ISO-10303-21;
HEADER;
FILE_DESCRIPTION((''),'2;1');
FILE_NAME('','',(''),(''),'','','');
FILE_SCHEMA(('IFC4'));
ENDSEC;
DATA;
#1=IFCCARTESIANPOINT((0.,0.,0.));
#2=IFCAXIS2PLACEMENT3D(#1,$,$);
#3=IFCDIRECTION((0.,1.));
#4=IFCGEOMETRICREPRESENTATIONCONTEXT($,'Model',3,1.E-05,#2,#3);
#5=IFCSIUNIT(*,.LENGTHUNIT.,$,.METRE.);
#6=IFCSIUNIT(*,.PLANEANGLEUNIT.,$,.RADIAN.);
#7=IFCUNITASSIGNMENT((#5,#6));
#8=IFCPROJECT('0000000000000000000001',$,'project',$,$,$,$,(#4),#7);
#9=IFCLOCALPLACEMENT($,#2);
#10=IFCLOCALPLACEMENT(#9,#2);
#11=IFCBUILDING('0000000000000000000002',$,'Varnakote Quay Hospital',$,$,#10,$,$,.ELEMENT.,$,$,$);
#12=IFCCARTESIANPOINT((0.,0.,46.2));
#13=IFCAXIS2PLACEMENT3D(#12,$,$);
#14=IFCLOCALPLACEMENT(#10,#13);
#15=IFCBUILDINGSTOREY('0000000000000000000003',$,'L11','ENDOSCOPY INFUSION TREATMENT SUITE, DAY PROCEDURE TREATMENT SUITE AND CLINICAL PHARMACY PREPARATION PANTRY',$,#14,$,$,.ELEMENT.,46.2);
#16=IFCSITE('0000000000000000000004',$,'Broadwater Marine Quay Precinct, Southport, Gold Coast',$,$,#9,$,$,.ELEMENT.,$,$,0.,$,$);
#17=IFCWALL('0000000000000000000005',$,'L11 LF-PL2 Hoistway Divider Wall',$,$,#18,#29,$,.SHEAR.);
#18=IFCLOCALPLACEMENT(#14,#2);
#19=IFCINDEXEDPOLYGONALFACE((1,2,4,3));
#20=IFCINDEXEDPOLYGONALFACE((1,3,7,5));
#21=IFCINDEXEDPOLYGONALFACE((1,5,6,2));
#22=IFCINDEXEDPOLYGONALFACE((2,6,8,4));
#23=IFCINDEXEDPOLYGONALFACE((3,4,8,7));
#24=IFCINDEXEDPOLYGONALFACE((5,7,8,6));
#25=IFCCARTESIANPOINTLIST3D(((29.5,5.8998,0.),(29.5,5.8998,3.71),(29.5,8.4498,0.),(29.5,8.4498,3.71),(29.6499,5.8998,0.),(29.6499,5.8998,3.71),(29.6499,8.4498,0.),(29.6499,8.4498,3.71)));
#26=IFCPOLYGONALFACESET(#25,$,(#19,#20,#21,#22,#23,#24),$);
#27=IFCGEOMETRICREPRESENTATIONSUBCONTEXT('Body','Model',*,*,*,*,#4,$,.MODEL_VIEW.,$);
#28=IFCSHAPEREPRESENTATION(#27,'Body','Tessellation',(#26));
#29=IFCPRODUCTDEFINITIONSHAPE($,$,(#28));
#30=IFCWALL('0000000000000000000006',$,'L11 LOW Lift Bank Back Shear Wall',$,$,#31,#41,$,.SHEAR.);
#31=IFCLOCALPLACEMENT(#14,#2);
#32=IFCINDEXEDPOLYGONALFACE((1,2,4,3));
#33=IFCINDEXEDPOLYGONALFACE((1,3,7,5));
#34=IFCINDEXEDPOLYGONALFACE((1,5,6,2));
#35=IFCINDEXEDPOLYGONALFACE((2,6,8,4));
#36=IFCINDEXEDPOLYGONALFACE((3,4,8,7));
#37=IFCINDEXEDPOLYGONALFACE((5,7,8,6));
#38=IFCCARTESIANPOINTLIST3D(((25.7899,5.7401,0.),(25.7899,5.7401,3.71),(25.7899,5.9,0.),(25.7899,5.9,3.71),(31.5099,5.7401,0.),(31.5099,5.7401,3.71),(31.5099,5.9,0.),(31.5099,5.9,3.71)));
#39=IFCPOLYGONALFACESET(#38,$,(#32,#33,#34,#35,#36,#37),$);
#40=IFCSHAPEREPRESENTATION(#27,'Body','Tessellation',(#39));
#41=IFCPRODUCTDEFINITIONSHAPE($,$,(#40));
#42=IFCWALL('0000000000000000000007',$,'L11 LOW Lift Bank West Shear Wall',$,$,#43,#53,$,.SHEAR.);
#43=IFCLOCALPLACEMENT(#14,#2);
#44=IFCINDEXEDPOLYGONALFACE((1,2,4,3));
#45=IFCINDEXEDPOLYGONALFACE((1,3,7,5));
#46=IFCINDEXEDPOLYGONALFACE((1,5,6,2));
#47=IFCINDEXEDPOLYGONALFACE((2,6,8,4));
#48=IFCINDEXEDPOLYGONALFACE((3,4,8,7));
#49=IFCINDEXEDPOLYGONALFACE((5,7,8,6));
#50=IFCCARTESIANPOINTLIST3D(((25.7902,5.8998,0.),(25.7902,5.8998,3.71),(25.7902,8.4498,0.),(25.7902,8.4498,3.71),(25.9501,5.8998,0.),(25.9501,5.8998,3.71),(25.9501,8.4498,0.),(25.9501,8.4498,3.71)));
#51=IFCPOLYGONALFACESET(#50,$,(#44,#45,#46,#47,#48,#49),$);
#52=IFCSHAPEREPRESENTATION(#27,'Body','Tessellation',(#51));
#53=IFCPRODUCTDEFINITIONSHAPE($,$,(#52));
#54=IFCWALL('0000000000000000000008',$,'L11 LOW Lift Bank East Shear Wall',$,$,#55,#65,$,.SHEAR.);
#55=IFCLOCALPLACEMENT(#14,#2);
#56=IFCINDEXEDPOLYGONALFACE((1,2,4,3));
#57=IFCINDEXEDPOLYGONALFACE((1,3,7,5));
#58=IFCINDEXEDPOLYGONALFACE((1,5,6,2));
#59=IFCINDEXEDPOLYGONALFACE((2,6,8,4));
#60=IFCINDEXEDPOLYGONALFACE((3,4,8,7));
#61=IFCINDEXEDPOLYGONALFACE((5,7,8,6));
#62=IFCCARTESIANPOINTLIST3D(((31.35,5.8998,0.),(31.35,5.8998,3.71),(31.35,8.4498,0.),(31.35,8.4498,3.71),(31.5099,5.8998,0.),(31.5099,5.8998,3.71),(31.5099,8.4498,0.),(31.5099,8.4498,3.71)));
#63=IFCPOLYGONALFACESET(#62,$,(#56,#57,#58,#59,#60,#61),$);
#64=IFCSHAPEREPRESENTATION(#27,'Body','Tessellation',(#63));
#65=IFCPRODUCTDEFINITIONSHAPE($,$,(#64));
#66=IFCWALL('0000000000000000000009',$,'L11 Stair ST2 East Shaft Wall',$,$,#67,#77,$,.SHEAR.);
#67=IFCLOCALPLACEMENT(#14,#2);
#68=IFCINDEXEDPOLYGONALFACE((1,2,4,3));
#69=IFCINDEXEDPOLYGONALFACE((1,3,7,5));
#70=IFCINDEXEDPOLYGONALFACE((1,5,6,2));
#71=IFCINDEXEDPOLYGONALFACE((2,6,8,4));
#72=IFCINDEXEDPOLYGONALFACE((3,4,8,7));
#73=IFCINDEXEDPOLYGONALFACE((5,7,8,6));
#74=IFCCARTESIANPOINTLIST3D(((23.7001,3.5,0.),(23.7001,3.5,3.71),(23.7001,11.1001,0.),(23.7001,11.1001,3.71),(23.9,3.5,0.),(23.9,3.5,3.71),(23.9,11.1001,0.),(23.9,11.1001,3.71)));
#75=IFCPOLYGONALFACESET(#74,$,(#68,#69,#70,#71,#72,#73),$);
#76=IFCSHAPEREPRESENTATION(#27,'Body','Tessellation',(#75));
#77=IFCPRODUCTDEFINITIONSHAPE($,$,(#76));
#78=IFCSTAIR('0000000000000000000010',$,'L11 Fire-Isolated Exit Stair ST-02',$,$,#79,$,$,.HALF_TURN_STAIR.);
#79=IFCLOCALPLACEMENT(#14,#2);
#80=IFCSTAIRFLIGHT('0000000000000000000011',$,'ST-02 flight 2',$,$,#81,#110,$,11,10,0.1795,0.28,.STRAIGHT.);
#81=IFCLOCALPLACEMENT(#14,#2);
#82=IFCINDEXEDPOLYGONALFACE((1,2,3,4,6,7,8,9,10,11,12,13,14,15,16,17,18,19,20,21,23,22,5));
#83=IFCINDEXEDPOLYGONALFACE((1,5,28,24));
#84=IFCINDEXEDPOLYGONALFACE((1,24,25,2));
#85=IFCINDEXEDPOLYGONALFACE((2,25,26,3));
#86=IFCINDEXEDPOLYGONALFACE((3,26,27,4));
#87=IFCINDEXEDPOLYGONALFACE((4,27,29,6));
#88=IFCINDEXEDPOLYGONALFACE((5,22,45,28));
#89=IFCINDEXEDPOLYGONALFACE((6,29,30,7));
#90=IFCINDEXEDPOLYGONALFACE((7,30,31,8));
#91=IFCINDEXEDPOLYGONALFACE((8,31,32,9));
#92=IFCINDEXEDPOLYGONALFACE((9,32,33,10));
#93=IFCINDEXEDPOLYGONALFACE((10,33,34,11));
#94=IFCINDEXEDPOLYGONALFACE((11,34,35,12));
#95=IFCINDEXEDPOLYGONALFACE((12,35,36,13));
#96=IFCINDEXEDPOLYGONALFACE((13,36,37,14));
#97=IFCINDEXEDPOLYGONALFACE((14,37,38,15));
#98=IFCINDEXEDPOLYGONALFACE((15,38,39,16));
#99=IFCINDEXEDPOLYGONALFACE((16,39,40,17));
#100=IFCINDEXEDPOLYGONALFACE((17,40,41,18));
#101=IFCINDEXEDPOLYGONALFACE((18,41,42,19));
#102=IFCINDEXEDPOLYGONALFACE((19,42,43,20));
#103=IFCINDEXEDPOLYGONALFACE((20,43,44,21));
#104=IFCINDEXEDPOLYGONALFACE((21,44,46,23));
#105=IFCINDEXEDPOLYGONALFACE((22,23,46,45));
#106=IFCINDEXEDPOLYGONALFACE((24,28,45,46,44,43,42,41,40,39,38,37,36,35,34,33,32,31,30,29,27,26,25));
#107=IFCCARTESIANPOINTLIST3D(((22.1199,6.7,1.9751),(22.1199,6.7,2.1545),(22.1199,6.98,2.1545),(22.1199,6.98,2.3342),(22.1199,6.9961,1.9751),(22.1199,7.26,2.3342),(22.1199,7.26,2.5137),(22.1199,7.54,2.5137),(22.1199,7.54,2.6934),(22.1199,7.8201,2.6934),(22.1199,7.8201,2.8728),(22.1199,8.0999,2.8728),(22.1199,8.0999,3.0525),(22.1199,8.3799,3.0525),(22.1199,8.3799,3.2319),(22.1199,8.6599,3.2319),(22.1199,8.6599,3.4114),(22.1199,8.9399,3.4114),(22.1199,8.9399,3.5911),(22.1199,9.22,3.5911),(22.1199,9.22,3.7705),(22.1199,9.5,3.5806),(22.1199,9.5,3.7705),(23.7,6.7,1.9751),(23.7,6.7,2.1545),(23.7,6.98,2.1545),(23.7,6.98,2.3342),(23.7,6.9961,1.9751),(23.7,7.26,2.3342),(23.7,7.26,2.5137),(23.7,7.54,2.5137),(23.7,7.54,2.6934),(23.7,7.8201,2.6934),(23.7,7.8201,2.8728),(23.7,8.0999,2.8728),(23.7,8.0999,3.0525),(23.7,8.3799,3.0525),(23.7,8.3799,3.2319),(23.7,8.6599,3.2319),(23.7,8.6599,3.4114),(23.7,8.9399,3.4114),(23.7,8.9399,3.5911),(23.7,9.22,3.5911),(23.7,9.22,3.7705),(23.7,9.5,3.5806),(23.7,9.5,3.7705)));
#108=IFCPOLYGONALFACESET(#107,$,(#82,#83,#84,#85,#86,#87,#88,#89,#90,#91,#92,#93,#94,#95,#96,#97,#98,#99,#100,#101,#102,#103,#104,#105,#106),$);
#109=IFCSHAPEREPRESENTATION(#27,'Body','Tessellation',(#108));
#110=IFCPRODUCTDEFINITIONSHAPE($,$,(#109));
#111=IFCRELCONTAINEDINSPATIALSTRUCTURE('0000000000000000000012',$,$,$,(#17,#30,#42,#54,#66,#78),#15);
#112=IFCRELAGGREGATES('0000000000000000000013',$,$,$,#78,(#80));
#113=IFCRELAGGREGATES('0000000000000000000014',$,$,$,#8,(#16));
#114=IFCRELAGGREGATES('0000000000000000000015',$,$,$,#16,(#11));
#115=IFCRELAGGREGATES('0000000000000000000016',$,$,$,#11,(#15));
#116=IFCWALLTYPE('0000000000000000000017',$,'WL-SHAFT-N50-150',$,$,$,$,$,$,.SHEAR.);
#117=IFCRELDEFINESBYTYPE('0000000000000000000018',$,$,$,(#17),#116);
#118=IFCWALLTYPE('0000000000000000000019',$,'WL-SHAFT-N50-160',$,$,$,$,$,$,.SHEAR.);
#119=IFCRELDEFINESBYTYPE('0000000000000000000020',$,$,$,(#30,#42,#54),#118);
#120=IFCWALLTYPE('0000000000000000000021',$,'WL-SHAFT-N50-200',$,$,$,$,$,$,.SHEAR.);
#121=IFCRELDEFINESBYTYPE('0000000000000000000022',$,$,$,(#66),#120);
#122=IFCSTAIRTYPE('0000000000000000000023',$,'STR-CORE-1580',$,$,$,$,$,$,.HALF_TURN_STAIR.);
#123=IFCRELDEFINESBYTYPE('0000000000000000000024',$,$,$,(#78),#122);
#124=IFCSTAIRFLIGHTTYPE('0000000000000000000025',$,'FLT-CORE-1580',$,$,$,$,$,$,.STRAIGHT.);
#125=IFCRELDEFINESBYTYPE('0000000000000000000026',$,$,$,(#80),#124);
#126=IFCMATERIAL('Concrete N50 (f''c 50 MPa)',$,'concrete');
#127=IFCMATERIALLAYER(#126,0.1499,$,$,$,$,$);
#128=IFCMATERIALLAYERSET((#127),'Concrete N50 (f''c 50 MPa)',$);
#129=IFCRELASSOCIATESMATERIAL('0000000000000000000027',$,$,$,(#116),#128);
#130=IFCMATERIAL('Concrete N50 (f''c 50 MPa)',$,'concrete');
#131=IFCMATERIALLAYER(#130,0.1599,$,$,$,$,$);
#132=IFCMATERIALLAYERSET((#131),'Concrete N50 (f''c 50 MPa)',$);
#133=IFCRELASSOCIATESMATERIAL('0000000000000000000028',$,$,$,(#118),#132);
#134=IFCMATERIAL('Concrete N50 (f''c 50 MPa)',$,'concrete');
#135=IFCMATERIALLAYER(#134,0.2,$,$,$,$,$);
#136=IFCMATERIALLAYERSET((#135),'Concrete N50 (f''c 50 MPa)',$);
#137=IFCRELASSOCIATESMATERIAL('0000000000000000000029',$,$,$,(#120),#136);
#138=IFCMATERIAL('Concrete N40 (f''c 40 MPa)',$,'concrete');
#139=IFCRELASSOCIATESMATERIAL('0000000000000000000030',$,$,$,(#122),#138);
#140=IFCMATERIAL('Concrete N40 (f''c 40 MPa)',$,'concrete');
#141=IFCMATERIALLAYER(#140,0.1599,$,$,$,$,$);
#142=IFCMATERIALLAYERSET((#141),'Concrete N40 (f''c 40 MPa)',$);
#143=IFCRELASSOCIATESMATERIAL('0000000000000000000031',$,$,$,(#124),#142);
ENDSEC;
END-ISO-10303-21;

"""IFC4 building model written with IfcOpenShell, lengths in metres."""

from ifc_helpers import new_model, si_unit, direction, frame, frame_2d, origin, place, context, subcontext, project, spatial, polyline, rectangle, outline, extrude, material, layer, layer_set, type_object, element, aggregate, save


model = new_model("IFC4")

# Units and contexts
model_context = context("Model", 3, precision=1e-05, world=origin(), true_north=direction((0.0, 1.0)))
body_context = subcontext(model_context, "Body", "Model", "MODEL_VIEW")
ifc_project = project(units=[si_unit("LENGTHUNIT", "METRE"), si_unit("PLANEANGLEUNIT", "RADIAN")], contexts=[model_context])

# Site, building, storey
site_placement = place(None, origin())
site = spatial("IfcSite", under=ifc_project, at=site_placement, Name="Broadwater Marine Quay Precinct, Southport, Gold Coast", CompositionType="ELEMENT", RefElevation=0.0)
building_placement = place(site_placement, origin())
building = spatial("IfcBuilding", under=site, at=building_placement, Name="Varnakote Quay Hospital", CompositionType="ELEMENT")
storey_placement = place(building_placement, frame((0.0, 0.0, 46.2)))
storey = spatial("IfcBuildingStorey", under=building, at=storey_placement, Name="L11", Description="ENDOSCOPY INFUSION TREATMENT SUITE, DAY PROCEDURE TREATMENT SUITE AND CLINICAL PHARMACY PREPARATION PANTRY", CompositionType="ELEMENT", Elevation=46.2)

# Walls
ifc_material_1 = material(Name="Concrete N50 (f'c 50 MPa)", Category="concrete")
ifc_layer_1 = layer(ifc_material_1, 0.1499)
ifc_layer_set_1 = layer_set([ifc_layer_1], Name="Concrete N50 (f'c 50 MPa)")
wall_type_1 = type_object("IfcWallType", Name="WL-SHAFT-N50-150", PredefinedType="SHEAR", material=ifc_layer_set_1)
for number, where, z_axis, x_axis, name in (
    (1, (29.575, 5.8999, 0.0), (0.0, 0.0, 1.0), (0.0, 1.0, 0.0), "L11 LF-PL2 Hoistway Divider Wall"),
):
    element("IfcWall", number, at=place(storey_placement, frame(where, z_axis=z_axis, x_axis=x_axis)), inside=storey, type_object=wall_type_1, Name=name, PredefinedType="SHEAR", context=body_context, shape_type="SweptSolid", body=[
        extrude(rectangle(XDim=2.55, YDim=0.1499, at=frame_2d((1.2749, 0.0))), origin(), (0.0, 0.0, 1.0), 3.71),
    ])
ifc_material_2 = material(Name="Concrete N50 (f'c 50 MPa)", Category="concrete")
ifc_layer_2 = layer(ifc_material_2, 0.1599)
ifc_layer_set_2 = layer_set([ifc_layer_2], Name="Concrete N50 (f'c 50 MPa)")
wall_type_2 = type_object("IfcWallType", Name="WL-SHAFT-N50-160", PredefinedType="SHEAR", material=ifc_layer_set_2)
wall_1_placement = place(storey_placement, frame((25.79, 5.8201, 0.0), z_axis=(0.0, 0.0, 1.0), x_axis=(1.0, 0.0, 0.0)))
element("IfcWall", 2, at=wall_1_placement, inside=storey, type_object=wall_type_2, Name="L11 LOW Lift Bank Back Shear Wall", PredefinedType="SHEAR", context=body_context, shape_type="SweptSolid", body=[
    extrude(rectangle(XDim=5.72, YDim=0.1599, at=frame_2d((2.8599, 0.0))), origin(), (0.0, 0.0, 1.0), 3.71),
])
for number, where, z_axis, x_axis, name in (
    (3, (25.8701, 5.8999, 0.0), (0.0, 0.0, 1.0), (0.0, 1.0, 0.0), "L11 LOW Lift Bank West Shear Wall"),
    (4, (31.4299, 5.8999, 0.0), (0.0, 0.0, 1.0), (0.0, 1.0, 0.0), "L11 LOW Lift Bank East Shear Wall"),
):
    element("IfcWall", number, at=place(storey_placement, frame(where, z_axis=z_axis, x_axis=x_axis)), inside=storey, type_object=wall_type_2, Name=name, PredefinedType="SHEAR", context=body_context, shape_type="SweptSolid", body=[
        extrude(rectangle(XDim=2.55, YDim=0.1599, at=frame_2d((1.2749, 0.0))), origin(), (0.0, 0.0, 1.0), 3.71),
    ])

# Wall
ifc_material_3 = material(Name="Concrete N50 (f'c 50 MPa)", Category="concrete")
ifc_layer_3 = layer(ifc_material_3, 0.2)
ifc_layer_set_3 = layer_set([ifc_layer_3], Name="Concrete N50 (f'c 50 MPa)")
wall_type_3 = type_object("IfcWallType", Name="WL-SHAFT-N50-200", PredefinedType="SHEAR", material=ifc_layer_set_3)
wall_2_placement = place(storey_placement, frame((23.8, 3.5, 0.0), z_axis=(0.0, 0.0, 1.0), x_axis=(0.0, 1.0, 0.0)))
element("IfcWall", 5, at=wall_2_placement, inside=storey, type_object=wall_type_3, Name="L11 Stair ST2 East Shaft Wall", PredefinedType="SHEAR", context=body_context, shape_type="SweptSolid", body=[
    extrude(rectangle(XDim=7.6001, YDim=0.2, at=frame_2d((3.8, 0.0))), origin(), (0.0, 0.0, 1.0), 3.71),
])

# Stair, stair flight
ifc_material_4 = material(Name="Concrete N40 (f'c 40 MPa)", Category="concrete")
stair_type = type_object("IfcStairType", Name="STR-CORE-1580", PredefinedType="HALF_TURN_STAIR", material=ifc_material_4)
stair_placement = place(storey_placement, origin())
stair = element("IfcStair", 6, at=stair_placement, inside=storey, type_object=stair_type, Name="L11 Fire-Isolated Exit Stair ST-02", PredefinedType="HALF_TURN_STAIR")
ifc_material_5 = material(Name="Concrete N40 (f'c 40 MPa)", Category="concrete")
ifc_layer_4 = layer(ifc_material_5, 0.1599)
ifc_layer_set_4 = layer_set([ifc_layer_4], Name="Concrete N40 (f'c 40 MPa)")
stair_flight_type = type_object("IfcStairFlightType", Name="FLT-CORE-1580", PredefinedType="STRAIGHT", material=ifc_layer_set_4)
stair_flight_placement = place(storey_placement, frame((22.9099, 6.7, 1.9751), z_axis=(0.0, 0.0, 1.0), x_axis=(0.0, 1.0, 0.0)))
stair_flight = element("IfcStairFlight", 7, at=stair_flight_placement, type_object=stair_flight_type, Name="ST-02 flight 2", NumberOfRisers=11, NumberOfTreads=10, PredefinedType="STRAIGHT", RiserHeight=0.1795, TreadLength=0.28, context=body_context, shape_type="SweptSolid", body=[
    extrude(outline(polyline([(0.0, 0.0), (0.0, 0.1794), (0.28, 0.1794), (0.28, 0.3591), (0.5601, 0.3591), (0.5601, 0.5386), (0.8401, 0.5386), (0.8401, 0.7183), (1.1201, 0.7183), (1.1201, 0.8977), (1.3999, 0.8977), (1.3999, 1.0774), (1.6799, 1.0774), (1.6799, 1.2568), (1.96, 1.2568), (1.96, 1.4363), (2.24, 1.4363), (2.24, 1.616), (2.52, 1.616), (2.52, 1.7954), (2.8, 1.7954), (2.8, 1.9751), (2.8, 1.6055), (0.2961, 0.0), (0.0, 0.0)])), frame((0.0, 0.79, 0.0), z_axis=(0.0, -1.0, 0.0), x_axis=(1.0, 0.0, 0.0)), (0.0, 0.0, 1.0), 1.5801),
])
aggregate(stair, [stair_flight])

save(model, "model.ifc")
